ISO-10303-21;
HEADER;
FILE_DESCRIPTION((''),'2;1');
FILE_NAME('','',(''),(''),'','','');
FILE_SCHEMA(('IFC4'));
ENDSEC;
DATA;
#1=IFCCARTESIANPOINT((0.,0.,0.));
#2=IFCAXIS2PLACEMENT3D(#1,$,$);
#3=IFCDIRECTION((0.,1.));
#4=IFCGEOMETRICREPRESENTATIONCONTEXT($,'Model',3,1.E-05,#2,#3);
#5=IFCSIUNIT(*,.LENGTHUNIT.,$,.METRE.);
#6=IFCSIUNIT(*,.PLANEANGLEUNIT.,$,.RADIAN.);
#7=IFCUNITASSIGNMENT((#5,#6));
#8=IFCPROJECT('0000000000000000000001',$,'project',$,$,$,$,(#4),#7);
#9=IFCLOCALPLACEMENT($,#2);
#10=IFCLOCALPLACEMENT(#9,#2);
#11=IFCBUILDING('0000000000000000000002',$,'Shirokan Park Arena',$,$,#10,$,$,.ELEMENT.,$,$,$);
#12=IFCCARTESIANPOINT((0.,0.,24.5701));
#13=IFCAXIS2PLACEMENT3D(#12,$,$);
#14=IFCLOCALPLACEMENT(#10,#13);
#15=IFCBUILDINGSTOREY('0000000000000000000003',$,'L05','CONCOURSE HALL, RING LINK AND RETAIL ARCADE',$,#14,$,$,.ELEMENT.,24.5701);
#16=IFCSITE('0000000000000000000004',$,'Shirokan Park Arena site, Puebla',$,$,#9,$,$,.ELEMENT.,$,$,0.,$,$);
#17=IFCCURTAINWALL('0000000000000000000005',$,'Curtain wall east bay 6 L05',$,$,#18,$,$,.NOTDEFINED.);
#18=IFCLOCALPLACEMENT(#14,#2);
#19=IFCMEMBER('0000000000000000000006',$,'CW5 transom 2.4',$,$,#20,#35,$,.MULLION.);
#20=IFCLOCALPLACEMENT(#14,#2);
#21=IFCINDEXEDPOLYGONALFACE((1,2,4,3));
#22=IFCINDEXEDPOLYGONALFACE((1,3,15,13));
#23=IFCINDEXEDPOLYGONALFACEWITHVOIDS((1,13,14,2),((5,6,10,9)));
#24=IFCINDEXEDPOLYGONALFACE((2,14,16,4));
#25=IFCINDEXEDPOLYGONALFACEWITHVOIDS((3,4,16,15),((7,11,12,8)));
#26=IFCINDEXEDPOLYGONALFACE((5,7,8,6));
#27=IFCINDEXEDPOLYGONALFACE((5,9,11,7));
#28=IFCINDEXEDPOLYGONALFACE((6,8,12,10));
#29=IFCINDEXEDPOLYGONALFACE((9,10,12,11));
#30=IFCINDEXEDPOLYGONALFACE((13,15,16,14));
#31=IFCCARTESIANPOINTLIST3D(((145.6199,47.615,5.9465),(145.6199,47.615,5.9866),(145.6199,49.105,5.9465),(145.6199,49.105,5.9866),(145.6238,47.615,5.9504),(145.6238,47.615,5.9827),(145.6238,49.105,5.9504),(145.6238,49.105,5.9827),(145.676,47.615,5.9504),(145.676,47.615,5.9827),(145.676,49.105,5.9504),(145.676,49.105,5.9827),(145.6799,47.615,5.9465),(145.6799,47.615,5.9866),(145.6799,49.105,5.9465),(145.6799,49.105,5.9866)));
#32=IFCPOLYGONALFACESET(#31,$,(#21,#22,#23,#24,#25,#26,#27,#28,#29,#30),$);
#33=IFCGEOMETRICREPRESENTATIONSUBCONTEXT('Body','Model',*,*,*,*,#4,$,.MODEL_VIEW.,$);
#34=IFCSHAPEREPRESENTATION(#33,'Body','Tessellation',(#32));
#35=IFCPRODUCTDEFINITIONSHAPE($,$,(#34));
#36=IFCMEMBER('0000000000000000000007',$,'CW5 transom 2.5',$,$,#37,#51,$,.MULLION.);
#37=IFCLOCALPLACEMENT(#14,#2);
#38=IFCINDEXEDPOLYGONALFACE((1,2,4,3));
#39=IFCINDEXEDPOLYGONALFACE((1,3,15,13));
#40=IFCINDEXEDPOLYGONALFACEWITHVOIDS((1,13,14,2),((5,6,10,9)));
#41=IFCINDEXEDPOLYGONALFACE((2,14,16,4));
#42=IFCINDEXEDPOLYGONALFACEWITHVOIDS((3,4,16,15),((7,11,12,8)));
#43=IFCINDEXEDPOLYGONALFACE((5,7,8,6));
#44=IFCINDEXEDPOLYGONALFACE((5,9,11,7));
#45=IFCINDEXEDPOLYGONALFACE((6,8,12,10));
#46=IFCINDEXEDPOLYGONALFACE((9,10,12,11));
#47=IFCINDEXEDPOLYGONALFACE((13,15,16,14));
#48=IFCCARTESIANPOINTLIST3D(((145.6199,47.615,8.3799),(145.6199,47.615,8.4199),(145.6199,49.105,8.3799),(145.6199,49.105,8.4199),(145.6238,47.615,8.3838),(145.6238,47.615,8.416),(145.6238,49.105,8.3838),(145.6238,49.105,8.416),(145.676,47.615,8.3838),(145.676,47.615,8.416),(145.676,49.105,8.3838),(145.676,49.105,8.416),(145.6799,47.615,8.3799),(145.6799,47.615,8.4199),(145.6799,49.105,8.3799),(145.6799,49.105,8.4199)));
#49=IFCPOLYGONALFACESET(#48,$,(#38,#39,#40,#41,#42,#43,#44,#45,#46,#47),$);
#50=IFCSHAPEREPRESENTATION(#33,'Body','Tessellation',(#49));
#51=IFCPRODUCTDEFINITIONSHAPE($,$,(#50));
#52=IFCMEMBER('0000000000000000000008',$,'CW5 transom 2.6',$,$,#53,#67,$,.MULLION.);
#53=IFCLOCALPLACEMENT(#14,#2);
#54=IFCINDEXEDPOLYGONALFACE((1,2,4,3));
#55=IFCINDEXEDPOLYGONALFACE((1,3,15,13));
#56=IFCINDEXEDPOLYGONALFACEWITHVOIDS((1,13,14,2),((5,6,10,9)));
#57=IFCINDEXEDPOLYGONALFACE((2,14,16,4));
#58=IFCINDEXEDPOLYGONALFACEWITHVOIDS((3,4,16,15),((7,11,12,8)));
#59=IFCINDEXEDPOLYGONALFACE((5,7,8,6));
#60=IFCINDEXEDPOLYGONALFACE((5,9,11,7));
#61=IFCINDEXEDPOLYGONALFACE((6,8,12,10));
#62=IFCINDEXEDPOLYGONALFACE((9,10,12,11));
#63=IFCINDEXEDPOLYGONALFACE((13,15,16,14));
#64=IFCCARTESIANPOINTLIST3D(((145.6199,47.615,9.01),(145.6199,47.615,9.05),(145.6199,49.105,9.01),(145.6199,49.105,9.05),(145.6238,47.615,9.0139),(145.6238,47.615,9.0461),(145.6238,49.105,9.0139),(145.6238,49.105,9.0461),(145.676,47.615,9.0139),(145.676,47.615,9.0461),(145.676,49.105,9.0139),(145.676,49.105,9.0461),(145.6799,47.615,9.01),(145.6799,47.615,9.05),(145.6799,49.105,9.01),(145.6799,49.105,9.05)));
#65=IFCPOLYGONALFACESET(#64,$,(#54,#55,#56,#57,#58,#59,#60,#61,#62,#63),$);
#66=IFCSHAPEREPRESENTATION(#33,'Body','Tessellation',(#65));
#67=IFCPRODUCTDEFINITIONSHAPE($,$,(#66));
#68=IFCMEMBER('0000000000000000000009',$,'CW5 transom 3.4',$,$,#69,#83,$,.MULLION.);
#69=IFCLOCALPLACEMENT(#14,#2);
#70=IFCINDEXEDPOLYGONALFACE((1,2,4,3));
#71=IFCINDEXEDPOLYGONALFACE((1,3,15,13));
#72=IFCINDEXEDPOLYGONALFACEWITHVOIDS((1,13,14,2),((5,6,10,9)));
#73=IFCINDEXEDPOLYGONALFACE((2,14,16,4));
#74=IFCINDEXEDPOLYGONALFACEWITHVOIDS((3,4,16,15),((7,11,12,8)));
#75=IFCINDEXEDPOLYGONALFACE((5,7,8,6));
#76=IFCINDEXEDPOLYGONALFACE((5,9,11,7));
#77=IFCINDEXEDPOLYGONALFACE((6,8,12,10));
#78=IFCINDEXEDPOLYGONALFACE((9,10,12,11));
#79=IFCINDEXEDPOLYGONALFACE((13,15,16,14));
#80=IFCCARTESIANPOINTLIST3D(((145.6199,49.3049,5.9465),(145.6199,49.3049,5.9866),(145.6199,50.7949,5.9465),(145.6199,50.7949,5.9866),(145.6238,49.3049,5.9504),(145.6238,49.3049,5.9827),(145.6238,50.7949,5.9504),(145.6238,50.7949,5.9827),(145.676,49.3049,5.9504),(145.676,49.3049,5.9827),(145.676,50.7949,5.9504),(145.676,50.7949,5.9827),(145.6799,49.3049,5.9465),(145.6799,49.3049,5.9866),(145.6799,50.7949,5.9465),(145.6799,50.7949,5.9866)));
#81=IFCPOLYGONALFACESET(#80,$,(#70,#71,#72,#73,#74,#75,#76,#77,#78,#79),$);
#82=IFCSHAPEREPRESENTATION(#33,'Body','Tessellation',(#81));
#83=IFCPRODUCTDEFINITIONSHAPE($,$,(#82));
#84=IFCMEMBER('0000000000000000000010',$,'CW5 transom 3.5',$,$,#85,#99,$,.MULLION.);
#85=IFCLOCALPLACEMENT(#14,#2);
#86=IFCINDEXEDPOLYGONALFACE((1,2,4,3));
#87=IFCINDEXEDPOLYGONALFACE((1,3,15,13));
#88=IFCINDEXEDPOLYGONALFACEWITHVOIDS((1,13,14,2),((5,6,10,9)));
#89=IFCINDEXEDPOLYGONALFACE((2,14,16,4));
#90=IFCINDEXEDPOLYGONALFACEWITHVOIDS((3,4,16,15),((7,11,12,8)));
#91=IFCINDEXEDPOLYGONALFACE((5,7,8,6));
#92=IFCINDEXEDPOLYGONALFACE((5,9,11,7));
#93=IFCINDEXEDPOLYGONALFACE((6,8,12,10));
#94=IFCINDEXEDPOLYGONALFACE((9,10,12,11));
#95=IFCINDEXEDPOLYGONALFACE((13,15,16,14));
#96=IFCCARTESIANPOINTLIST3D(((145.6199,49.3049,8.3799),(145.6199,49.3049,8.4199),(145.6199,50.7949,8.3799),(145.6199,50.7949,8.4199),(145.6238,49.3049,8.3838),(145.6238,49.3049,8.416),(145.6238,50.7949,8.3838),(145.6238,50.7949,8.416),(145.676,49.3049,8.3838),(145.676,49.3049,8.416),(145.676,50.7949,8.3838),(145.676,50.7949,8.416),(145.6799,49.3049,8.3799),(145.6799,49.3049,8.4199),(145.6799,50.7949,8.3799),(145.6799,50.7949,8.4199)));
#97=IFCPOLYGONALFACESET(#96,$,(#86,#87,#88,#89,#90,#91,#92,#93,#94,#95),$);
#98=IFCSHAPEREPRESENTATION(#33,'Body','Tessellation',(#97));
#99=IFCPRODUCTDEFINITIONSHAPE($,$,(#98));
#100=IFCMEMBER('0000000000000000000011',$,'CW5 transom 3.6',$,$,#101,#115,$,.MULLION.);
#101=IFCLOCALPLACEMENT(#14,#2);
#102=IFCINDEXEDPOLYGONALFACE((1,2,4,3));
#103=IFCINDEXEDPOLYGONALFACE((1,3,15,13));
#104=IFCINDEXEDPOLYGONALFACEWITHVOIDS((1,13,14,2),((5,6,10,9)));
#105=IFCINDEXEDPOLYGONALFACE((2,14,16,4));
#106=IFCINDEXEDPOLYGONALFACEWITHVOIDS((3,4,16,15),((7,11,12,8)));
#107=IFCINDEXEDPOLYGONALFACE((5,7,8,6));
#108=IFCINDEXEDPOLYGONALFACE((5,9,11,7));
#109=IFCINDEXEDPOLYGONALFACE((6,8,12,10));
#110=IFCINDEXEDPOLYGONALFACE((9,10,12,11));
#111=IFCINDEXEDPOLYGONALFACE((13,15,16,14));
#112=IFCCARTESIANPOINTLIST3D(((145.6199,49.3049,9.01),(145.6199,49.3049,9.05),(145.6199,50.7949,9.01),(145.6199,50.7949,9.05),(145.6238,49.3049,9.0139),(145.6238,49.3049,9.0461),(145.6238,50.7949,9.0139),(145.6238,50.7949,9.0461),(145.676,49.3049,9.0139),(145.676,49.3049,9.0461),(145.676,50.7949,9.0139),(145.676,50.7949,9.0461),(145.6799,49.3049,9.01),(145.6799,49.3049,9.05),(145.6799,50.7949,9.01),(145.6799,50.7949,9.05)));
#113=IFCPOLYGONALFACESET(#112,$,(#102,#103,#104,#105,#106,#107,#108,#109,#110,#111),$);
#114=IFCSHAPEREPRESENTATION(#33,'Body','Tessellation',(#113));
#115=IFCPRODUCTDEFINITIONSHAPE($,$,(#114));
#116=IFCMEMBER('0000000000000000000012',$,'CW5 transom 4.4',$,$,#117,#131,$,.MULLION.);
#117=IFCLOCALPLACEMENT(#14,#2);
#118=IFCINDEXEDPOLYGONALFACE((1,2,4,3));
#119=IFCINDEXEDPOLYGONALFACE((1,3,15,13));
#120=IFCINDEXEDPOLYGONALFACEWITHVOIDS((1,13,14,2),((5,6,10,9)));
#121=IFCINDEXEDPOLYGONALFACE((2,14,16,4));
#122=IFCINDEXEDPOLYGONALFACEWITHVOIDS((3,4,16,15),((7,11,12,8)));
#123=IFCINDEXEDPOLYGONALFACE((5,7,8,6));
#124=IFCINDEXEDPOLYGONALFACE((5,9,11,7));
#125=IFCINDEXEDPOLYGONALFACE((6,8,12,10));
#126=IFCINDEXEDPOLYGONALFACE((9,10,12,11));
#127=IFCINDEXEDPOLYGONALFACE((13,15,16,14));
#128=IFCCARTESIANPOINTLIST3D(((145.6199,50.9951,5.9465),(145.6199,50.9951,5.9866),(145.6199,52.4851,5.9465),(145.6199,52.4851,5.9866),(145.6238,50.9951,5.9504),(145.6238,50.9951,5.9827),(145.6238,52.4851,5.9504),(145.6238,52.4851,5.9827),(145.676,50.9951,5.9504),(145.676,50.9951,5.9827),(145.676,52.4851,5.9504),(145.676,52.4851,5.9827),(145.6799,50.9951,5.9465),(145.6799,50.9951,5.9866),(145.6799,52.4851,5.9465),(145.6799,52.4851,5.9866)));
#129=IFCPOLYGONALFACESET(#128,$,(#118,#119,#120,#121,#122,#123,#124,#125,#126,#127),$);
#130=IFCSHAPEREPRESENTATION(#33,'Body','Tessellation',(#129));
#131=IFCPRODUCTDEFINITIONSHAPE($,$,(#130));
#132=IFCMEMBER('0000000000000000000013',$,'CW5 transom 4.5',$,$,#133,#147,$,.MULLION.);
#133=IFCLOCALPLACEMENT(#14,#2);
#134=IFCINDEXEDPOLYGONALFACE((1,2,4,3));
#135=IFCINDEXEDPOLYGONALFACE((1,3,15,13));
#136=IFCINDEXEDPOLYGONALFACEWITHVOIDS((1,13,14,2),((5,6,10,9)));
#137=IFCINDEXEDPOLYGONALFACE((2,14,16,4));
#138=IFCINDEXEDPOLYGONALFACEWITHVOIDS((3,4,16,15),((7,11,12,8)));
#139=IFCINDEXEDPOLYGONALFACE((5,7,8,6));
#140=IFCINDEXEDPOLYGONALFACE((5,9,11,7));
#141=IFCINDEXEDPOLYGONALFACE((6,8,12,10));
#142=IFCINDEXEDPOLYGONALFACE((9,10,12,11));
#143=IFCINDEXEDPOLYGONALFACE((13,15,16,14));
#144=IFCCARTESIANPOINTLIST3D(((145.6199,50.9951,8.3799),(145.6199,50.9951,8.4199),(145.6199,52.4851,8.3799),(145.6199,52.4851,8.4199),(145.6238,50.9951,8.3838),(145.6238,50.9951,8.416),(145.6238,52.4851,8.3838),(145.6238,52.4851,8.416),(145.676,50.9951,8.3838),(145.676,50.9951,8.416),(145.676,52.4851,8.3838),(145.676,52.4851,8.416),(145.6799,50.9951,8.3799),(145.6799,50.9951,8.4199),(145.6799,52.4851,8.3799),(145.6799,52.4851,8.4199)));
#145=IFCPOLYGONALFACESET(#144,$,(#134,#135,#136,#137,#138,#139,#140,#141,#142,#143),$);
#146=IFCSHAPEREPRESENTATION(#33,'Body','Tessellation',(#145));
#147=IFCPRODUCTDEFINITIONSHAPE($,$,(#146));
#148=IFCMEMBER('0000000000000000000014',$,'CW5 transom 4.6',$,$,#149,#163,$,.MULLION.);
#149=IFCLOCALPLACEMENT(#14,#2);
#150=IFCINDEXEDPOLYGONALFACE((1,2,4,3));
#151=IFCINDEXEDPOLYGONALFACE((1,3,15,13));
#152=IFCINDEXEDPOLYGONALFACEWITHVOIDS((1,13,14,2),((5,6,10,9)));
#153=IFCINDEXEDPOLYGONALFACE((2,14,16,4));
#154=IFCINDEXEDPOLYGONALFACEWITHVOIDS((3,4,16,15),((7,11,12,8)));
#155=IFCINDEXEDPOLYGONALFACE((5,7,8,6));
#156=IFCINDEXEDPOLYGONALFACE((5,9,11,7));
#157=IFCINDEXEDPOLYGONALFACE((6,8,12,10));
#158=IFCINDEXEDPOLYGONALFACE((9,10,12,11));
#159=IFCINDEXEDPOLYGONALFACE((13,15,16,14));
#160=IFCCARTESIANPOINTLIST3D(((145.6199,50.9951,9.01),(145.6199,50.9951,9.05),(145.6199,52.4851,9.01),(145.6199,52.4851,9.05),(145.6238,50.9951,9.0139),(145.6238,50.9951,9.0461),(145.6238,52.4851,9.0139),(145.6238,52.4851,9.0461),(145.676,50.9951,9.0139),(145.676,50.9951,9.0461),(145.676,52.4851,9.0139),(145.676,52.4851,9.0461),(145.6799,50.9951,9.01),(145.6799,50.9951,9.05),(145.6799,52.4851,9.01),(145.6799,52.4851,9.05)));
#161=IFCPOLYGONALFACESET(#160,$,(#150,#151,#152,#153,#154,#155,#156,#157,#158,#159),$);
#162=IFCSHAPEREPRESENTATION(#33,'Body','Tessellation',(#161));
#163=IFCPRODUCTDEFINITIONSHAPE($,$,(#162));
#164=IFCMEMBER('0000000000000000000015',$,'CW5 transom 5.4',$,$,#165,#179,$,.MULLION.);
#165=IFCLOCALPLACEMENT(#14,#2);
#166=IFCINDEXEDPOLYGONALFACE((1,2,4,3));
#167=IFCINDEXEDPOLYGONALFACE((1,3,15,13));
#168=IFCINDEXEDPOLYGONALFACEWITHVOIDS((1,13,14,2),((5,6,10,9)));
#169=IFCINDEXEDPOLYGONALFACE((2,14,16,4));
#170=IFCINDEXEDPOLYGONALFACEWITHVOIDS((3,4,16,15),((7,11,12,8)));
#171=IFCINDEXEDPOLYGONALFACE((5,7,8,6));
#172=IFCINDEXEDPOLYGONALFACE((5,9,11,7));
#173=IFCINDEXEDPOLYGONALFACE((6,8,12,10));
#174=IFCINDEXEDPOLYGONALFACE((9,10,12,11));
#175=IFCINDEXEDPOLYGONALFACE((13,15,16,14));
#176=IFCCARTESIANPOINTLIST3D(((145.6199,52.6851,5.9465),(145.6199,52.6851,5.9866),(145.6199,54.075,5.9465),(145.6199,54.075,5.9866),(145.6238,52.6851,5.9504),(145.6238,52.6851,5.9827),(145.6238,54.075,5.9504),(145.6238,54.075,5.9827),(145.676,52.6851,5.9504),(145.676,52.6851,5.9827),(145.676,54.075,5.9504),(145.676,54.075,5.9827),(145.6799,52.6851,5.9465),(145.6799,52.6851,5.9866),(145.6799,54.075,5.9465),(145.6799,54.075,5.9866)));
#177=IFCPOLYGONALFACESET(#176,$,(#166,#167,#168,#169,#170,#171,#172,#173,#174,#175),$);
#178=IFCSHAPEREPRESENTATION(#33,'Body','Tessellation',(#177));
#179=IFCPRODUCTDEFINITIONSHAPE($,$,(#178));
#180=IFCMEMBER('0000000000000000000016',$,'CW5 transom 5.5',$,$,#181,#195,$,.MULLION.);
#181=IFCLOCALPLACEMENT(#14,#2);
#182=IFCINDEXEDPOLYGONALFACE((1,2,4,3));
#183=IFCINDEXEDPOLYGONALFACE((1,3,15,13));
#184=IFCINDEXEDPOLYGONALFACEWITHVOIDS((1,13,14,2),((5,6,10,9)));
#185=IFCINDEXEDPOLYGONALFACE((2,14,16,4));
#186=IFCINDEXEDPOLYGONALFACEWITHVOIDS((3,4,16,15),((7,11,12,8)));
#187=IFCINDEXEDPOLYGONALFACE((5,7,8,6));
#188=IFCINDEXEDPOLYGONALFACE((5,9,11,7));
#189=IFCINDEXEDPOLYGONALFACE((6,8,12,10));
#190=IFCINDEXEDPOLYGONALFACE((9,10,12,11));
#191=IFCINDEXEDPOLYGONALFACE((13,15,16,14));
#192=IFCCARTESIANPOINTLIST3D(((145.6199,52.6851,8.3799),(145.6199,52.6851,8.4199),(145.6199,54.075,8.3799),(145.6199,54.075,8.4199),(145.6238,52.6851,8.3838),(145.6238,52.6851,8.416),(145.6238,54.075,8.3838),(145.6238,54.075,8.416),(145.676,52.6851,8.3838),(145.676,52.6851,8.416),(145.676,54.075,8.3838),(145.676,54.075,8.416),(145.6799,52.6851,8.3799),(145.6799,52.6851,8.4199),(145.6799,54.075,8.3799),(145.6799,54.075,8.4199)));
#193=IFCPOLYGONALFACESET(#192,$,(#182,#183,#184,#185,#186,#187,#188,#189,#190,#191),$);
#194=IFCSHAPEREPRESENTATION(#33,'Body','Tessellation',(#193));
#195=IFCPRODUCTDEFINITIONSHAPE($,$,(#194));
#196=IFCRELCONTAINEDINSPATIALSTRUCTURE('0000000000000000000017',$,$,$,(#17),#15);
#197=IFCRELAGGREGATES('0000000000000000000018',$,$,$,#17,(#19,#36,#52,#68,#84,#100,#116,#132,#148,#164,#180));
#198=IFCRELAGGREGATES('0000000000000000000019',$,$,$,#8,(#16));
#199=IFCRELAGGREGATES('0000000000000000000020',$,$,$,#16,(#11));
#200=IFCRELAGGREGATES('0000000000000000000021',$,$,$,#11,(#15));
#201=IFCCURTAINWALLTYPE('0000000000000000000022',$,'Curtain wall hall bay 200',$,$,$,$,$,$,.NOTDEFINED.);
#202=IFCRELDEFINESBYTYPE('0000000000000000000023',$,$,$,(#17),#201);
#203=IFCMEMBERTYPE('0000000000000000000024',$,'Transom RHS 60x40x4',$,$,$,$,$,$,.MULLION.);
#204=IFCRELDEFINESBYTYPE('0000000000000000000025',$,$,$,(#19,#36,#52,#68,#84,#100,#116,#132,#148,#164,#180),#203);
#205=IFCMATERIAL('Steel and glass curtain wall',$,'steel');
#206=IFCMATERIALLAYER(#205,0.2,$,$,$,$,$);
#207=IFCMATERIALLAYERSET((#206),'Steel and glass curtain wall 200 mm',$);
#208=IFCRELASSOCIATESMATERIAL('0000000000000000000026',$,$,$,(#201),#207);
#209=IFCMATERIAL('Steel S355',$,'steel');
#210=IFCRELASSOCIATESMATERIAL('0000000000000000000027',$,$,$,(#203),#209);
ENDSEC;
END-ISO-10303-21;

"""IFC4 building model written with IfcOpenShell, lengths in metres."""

from ifc_helpers import new_model, si_unit, direction, frame, origin, origin_2d, place, context, subcontext, project, spatial, hollow_rectangle, extrude, material, layer, layer_set, material_profile, profile_set, type_object, element, aggregate, save


model = new_model("IFC4")

# Units and contexts
model_context = context("Model", 3, precision=1e-05, world=origin(), true_north=direction((0.0, 1.0)))
body_context = subcontext(model_context, "Body", "Model", "MODEL_VIEW")
ifc_project = project(units=[si_unit("LENGTHUNIT", "METRE"), si_unit("PLANEANGLEUNIT", "RADIAN")], contexts=[model_context])

# Site, building, storey
site_placement = place(None, origin())
site = spatial("IfcSite", under=ifc_project, at=site_placement, Name="Shirokan Park Arena site, Puebla", CompositionType="ELEMENT", RefElevation=0.0)
building_placement = place(site_placement, origin())
building = spatial("IfcBuilding", under=site, at=building_placement, Name="Shirokan Park Arena", CompositionType="ELEMENT")
storey_placement = place(building_placement, frame((0.0, 0.0, 24.5701)))
storey = spatial("IfcBuildingStorey", under=building, at=storey_placement, Name="L05", Description="CONCOURSE HALL, RING LINK AND RETAIL ARCADE", CompositionType="ELEMENT", Elevation=24.5701)

# Curtain wall, members
ifc_material_1 = material(Name="Steel and glass curtain wall", Category="steel")
ifc_layer_1 = layer(ifc_material_1, 0.2)
ifc_layer_set_1 = layer_set([ifc_layer_1], Name="Steel and glass curtain wall 200 mm")
curtain_wall_type = type_object("IfcCurtainWallType", Name="Curtain wall hall bay 200", PredefinedType="NOTDEFINED", material=ifc_layer_set_1)
curtain_wall_placement = place(storey_placement, origin())
curtain_wall = element("IfcCurtainWall", 1, at=curtain_wall_placement, inside=storey, type_object=curtain_wall_type, Name="Curtain wall east bay 6 L05", PredefinedType="NOTDEFINED")
ifc_material_2 = material(Name="Steel S355", Category="steel")
ifc_material_profile = material_profile(ifc_material_2, hollow_rectangle(XDim=0.0601, YDim=0.04, WallThickness=0.0039, at=origin_2d()), Name="RHS 60x40x4")
ifc_profile_set = profile_set([ifc_material_profile], Name="Steel S355")
member_type = type_object("IfcMemberType", Name="Transom RHS 60x40x4", PredefinedType="MULLION", material=ifc_profile_set)
member_1_placement = place(storey_placement, frame((145.6499, 47.615, 5.9666), z_axis=(0.0, 1.0, 0.0), x_axis=(-1.0, 0.0, 0.0)))
member_1 = element("IfcMember", 2, at=member_1_placement, type_object=member_type, Name="CW5 transom 2.4", PredefinedType="MULLION", context=body_context, shape_type="SweptSolid", body=[
    extrude(hollow_rectangle(XDim=0.0601, YDim=0.04, WallThickness=0.0039, at=origin_2d()), origin(), (0.0, 0.0, 1.0), 1.49),
])
member_2_placement = place(storey_placement, frame((145.6499, 47.615, 8.3999), z_axis=(0.0, 1.0, 0.0), x_axis=(-1.0, 0.0, 0.0)))
member_2 = element("IfcMember", 3, at=member_2_placement, type_object=member_type, Name="CW5 transom 2.5", PredefinedType="MULLION", context=body_context, shape_type="SweptSolid", body=[
    extrude(hollow_rectangle(XDim=0.0601, YDim=0.04, WallThickness=0.0039, at=origin_2d()), origin(), (0.0, 0.0, 1.0), 1.49),
])
member_3_placement = place(storey_placement, frame((145.6499, 47.615, 9.03), z_axis=(0.0, 1.0, 0.0), x_axis=(-1.0, 0.0, 0.0)))
member_3 = element("IfcMember", 4, at=member_3_placement, type_object=member_type, Name="CW5 transom 2.6", PredefinedType="MULLION", context=body_context, shape_type="SweptSolid", body=[
    extrude(hollow_rectangle(XDim=0.0601, YDim=0.04, WallThickness=0.0039, at=origin_2d()), origin(), (0.0, 0.0, 1.0), 1.49),
])
member_4_placement = place(storey_placement, frame((145.6499, 49.3049, 5.9666), z_axis=(0.0, 1.0, 0.0), x_axis=(-1.0, 0.0, 0.0)))
member_4 = element("IfcMember", 5, at=member_4_placement, type_object=member_type, Name="CW5 transom 3.4", PredefinedType="MULLION", context=body_context, shape_type="SweptSolid", body=[
    extrude(hollow_rectangle(XDim=0.0601, YDim=0.04, WallThickness=0.0039, at=origin_2d()), origin(), (0.0, 0.0, 1.0), 1.49),
])
member_5_placement = place(storey_placement, frame((145.6499, 49.3049, 8.3999), z_axis=(0.0, 1.0, 0.0), x_axis=(-1.0, 0.0, 0.0)))
member_5 = element("IfcMember", 6, at=member_5_placement, type_object=member_type, Name="CW5 transom 3.5", PredefinedType="MULLION", context=body_context, shape_type="SweptSolid", body=[
    extrude(hollow_rectangle(XDim=0.0601, YDim=0.04, WallThickness=0.0039, at=origin_2d()), origin(), (0.0, 0.0, 1.0), 1.49),
])
member_6_placement = place(storey_placement, frame((145.6499, 49.3049, 9.03), z_axis=(0.0, 1.0, 0.0), x_axis=(-1.0, 0.0, 0.0)))
member_6 = element("IfcMember", 7, at=member_6_placement, type_object=member_type, Name="CW5 transom 3.6", PredefinedType="MULLION", context=body_context, shape_type="SweptSolid", body=[
    extrude(hollow_rectangle(XDim=0.0601, YDim=0.04, WallThickness=0.0039, at=origin_2d()), origin(), (0.0, 0.0, 1.0), 1.49),
])
member_7_placement = place(storey_placement, frame((145.6499, 50.9951, 5.9666), z_axis=(0.0, 1.0, 0.0), x_axis=(-1.0, 0.0, 0.0)))
member_7 = element("IfcMember", 8, at=member_7_placement, type_object=member_type, Name="CW5 transom 4.4", PredefinedType="MULLION", context=body_context, shape_type="SweptSolid", body=[
    extrude(hollow_rectangle(XDim=0.0601, YDim=0.04, WallThickness=0.0039, at=origin_2d()), origin(), (0.0, 0.0, 1.0), 1.49),
])
member_8_placement = place(storey_placement, frame((145.6499, 50.9951, 8.3999), z_axis=(0.0, 1.0, 0.0), x_axis=(-1.0, 0.0, 0.0)))
member_8 = element("IfcMember", 9, at=member_8_placement, type_object=member_type, Name="CW5 transom 4.5", PredefinedType="MULLION", context=body_context, shape_type="SweptSolid", body=[
    extrude(hollow_rectangle(XDim=0.0601, YDim=0.04, WallThickness=0.0039, at=origin_2d()), origin(), (0.0, 0.0, 1.0), 1.49),
])
member_9_placement = place(storey_placement, frame((145.6499, 50.9951, 9.03), z_axis=(0.0, 1.0, 0.0), x_axis=(-1.0, 0.0, 0.0)))
member_9 = element("IfcMember", 10, at=member_9_placement, type_object=member_type, Name="CW5 transom 4.6", PredefinedType="MULLION", context=body_context, shape_type="SweptSolid", body=[
    extrude(hollow_rectangle(XDim=0.0601, YDim=0.04, WallThickness=0.0039, at=origin_2d()), origin(), (0.0, 0.0, 1.0), 1.49),
])
member_10_placement = place(storey_placement, frame((145.6499, 52.6851, 5.9666), z_axis=(0.0, 1.0, 0.0), x_axis=(-1.0, 0.0, 0.0)))
member_10 = element("IfcMember", 11, at=member_10_placement, type_object=member_type, Name="CW5 transom 5.4", PredefinedType="MULLION", context=body_context, shape_type="SweptSolid", body=[
    extrude(hollow_rectangle(XDim=0.0601, YDim=0.04, WallThickness=0.0039, at=origin_2d()), origin(), (0.0, 0.0, 1.0), 1.3899),
])
member_11_placement = place(storey_placement, frame((145.6499, 52.6851, 8.3999), z_axis=(0.0, 1.0, 0.0), x_axis=(-1.0, 0.0, 0.0)))
member_11 = element("IfcMember", 12, at=member_11_placement, type_object=member_type, Name="CW5 transom 5.5", PredefinedType="MULLION", context=body_context, shape_type="SweptSolid", body=[
    extrude(hollow_rectangle(XDim=0.0601, YDim=0.04, WallThickness=0.0039, at=origin_2d()), origin(), (0.0, 0.0, 1.0), 1.3899),
])
aggregate(curtain_wall, [member_1, member_2, member_3, member_4, member_5, member_6, member_7, member_8, member_9, member_10, member_11])

save(model, "model.ifc")
